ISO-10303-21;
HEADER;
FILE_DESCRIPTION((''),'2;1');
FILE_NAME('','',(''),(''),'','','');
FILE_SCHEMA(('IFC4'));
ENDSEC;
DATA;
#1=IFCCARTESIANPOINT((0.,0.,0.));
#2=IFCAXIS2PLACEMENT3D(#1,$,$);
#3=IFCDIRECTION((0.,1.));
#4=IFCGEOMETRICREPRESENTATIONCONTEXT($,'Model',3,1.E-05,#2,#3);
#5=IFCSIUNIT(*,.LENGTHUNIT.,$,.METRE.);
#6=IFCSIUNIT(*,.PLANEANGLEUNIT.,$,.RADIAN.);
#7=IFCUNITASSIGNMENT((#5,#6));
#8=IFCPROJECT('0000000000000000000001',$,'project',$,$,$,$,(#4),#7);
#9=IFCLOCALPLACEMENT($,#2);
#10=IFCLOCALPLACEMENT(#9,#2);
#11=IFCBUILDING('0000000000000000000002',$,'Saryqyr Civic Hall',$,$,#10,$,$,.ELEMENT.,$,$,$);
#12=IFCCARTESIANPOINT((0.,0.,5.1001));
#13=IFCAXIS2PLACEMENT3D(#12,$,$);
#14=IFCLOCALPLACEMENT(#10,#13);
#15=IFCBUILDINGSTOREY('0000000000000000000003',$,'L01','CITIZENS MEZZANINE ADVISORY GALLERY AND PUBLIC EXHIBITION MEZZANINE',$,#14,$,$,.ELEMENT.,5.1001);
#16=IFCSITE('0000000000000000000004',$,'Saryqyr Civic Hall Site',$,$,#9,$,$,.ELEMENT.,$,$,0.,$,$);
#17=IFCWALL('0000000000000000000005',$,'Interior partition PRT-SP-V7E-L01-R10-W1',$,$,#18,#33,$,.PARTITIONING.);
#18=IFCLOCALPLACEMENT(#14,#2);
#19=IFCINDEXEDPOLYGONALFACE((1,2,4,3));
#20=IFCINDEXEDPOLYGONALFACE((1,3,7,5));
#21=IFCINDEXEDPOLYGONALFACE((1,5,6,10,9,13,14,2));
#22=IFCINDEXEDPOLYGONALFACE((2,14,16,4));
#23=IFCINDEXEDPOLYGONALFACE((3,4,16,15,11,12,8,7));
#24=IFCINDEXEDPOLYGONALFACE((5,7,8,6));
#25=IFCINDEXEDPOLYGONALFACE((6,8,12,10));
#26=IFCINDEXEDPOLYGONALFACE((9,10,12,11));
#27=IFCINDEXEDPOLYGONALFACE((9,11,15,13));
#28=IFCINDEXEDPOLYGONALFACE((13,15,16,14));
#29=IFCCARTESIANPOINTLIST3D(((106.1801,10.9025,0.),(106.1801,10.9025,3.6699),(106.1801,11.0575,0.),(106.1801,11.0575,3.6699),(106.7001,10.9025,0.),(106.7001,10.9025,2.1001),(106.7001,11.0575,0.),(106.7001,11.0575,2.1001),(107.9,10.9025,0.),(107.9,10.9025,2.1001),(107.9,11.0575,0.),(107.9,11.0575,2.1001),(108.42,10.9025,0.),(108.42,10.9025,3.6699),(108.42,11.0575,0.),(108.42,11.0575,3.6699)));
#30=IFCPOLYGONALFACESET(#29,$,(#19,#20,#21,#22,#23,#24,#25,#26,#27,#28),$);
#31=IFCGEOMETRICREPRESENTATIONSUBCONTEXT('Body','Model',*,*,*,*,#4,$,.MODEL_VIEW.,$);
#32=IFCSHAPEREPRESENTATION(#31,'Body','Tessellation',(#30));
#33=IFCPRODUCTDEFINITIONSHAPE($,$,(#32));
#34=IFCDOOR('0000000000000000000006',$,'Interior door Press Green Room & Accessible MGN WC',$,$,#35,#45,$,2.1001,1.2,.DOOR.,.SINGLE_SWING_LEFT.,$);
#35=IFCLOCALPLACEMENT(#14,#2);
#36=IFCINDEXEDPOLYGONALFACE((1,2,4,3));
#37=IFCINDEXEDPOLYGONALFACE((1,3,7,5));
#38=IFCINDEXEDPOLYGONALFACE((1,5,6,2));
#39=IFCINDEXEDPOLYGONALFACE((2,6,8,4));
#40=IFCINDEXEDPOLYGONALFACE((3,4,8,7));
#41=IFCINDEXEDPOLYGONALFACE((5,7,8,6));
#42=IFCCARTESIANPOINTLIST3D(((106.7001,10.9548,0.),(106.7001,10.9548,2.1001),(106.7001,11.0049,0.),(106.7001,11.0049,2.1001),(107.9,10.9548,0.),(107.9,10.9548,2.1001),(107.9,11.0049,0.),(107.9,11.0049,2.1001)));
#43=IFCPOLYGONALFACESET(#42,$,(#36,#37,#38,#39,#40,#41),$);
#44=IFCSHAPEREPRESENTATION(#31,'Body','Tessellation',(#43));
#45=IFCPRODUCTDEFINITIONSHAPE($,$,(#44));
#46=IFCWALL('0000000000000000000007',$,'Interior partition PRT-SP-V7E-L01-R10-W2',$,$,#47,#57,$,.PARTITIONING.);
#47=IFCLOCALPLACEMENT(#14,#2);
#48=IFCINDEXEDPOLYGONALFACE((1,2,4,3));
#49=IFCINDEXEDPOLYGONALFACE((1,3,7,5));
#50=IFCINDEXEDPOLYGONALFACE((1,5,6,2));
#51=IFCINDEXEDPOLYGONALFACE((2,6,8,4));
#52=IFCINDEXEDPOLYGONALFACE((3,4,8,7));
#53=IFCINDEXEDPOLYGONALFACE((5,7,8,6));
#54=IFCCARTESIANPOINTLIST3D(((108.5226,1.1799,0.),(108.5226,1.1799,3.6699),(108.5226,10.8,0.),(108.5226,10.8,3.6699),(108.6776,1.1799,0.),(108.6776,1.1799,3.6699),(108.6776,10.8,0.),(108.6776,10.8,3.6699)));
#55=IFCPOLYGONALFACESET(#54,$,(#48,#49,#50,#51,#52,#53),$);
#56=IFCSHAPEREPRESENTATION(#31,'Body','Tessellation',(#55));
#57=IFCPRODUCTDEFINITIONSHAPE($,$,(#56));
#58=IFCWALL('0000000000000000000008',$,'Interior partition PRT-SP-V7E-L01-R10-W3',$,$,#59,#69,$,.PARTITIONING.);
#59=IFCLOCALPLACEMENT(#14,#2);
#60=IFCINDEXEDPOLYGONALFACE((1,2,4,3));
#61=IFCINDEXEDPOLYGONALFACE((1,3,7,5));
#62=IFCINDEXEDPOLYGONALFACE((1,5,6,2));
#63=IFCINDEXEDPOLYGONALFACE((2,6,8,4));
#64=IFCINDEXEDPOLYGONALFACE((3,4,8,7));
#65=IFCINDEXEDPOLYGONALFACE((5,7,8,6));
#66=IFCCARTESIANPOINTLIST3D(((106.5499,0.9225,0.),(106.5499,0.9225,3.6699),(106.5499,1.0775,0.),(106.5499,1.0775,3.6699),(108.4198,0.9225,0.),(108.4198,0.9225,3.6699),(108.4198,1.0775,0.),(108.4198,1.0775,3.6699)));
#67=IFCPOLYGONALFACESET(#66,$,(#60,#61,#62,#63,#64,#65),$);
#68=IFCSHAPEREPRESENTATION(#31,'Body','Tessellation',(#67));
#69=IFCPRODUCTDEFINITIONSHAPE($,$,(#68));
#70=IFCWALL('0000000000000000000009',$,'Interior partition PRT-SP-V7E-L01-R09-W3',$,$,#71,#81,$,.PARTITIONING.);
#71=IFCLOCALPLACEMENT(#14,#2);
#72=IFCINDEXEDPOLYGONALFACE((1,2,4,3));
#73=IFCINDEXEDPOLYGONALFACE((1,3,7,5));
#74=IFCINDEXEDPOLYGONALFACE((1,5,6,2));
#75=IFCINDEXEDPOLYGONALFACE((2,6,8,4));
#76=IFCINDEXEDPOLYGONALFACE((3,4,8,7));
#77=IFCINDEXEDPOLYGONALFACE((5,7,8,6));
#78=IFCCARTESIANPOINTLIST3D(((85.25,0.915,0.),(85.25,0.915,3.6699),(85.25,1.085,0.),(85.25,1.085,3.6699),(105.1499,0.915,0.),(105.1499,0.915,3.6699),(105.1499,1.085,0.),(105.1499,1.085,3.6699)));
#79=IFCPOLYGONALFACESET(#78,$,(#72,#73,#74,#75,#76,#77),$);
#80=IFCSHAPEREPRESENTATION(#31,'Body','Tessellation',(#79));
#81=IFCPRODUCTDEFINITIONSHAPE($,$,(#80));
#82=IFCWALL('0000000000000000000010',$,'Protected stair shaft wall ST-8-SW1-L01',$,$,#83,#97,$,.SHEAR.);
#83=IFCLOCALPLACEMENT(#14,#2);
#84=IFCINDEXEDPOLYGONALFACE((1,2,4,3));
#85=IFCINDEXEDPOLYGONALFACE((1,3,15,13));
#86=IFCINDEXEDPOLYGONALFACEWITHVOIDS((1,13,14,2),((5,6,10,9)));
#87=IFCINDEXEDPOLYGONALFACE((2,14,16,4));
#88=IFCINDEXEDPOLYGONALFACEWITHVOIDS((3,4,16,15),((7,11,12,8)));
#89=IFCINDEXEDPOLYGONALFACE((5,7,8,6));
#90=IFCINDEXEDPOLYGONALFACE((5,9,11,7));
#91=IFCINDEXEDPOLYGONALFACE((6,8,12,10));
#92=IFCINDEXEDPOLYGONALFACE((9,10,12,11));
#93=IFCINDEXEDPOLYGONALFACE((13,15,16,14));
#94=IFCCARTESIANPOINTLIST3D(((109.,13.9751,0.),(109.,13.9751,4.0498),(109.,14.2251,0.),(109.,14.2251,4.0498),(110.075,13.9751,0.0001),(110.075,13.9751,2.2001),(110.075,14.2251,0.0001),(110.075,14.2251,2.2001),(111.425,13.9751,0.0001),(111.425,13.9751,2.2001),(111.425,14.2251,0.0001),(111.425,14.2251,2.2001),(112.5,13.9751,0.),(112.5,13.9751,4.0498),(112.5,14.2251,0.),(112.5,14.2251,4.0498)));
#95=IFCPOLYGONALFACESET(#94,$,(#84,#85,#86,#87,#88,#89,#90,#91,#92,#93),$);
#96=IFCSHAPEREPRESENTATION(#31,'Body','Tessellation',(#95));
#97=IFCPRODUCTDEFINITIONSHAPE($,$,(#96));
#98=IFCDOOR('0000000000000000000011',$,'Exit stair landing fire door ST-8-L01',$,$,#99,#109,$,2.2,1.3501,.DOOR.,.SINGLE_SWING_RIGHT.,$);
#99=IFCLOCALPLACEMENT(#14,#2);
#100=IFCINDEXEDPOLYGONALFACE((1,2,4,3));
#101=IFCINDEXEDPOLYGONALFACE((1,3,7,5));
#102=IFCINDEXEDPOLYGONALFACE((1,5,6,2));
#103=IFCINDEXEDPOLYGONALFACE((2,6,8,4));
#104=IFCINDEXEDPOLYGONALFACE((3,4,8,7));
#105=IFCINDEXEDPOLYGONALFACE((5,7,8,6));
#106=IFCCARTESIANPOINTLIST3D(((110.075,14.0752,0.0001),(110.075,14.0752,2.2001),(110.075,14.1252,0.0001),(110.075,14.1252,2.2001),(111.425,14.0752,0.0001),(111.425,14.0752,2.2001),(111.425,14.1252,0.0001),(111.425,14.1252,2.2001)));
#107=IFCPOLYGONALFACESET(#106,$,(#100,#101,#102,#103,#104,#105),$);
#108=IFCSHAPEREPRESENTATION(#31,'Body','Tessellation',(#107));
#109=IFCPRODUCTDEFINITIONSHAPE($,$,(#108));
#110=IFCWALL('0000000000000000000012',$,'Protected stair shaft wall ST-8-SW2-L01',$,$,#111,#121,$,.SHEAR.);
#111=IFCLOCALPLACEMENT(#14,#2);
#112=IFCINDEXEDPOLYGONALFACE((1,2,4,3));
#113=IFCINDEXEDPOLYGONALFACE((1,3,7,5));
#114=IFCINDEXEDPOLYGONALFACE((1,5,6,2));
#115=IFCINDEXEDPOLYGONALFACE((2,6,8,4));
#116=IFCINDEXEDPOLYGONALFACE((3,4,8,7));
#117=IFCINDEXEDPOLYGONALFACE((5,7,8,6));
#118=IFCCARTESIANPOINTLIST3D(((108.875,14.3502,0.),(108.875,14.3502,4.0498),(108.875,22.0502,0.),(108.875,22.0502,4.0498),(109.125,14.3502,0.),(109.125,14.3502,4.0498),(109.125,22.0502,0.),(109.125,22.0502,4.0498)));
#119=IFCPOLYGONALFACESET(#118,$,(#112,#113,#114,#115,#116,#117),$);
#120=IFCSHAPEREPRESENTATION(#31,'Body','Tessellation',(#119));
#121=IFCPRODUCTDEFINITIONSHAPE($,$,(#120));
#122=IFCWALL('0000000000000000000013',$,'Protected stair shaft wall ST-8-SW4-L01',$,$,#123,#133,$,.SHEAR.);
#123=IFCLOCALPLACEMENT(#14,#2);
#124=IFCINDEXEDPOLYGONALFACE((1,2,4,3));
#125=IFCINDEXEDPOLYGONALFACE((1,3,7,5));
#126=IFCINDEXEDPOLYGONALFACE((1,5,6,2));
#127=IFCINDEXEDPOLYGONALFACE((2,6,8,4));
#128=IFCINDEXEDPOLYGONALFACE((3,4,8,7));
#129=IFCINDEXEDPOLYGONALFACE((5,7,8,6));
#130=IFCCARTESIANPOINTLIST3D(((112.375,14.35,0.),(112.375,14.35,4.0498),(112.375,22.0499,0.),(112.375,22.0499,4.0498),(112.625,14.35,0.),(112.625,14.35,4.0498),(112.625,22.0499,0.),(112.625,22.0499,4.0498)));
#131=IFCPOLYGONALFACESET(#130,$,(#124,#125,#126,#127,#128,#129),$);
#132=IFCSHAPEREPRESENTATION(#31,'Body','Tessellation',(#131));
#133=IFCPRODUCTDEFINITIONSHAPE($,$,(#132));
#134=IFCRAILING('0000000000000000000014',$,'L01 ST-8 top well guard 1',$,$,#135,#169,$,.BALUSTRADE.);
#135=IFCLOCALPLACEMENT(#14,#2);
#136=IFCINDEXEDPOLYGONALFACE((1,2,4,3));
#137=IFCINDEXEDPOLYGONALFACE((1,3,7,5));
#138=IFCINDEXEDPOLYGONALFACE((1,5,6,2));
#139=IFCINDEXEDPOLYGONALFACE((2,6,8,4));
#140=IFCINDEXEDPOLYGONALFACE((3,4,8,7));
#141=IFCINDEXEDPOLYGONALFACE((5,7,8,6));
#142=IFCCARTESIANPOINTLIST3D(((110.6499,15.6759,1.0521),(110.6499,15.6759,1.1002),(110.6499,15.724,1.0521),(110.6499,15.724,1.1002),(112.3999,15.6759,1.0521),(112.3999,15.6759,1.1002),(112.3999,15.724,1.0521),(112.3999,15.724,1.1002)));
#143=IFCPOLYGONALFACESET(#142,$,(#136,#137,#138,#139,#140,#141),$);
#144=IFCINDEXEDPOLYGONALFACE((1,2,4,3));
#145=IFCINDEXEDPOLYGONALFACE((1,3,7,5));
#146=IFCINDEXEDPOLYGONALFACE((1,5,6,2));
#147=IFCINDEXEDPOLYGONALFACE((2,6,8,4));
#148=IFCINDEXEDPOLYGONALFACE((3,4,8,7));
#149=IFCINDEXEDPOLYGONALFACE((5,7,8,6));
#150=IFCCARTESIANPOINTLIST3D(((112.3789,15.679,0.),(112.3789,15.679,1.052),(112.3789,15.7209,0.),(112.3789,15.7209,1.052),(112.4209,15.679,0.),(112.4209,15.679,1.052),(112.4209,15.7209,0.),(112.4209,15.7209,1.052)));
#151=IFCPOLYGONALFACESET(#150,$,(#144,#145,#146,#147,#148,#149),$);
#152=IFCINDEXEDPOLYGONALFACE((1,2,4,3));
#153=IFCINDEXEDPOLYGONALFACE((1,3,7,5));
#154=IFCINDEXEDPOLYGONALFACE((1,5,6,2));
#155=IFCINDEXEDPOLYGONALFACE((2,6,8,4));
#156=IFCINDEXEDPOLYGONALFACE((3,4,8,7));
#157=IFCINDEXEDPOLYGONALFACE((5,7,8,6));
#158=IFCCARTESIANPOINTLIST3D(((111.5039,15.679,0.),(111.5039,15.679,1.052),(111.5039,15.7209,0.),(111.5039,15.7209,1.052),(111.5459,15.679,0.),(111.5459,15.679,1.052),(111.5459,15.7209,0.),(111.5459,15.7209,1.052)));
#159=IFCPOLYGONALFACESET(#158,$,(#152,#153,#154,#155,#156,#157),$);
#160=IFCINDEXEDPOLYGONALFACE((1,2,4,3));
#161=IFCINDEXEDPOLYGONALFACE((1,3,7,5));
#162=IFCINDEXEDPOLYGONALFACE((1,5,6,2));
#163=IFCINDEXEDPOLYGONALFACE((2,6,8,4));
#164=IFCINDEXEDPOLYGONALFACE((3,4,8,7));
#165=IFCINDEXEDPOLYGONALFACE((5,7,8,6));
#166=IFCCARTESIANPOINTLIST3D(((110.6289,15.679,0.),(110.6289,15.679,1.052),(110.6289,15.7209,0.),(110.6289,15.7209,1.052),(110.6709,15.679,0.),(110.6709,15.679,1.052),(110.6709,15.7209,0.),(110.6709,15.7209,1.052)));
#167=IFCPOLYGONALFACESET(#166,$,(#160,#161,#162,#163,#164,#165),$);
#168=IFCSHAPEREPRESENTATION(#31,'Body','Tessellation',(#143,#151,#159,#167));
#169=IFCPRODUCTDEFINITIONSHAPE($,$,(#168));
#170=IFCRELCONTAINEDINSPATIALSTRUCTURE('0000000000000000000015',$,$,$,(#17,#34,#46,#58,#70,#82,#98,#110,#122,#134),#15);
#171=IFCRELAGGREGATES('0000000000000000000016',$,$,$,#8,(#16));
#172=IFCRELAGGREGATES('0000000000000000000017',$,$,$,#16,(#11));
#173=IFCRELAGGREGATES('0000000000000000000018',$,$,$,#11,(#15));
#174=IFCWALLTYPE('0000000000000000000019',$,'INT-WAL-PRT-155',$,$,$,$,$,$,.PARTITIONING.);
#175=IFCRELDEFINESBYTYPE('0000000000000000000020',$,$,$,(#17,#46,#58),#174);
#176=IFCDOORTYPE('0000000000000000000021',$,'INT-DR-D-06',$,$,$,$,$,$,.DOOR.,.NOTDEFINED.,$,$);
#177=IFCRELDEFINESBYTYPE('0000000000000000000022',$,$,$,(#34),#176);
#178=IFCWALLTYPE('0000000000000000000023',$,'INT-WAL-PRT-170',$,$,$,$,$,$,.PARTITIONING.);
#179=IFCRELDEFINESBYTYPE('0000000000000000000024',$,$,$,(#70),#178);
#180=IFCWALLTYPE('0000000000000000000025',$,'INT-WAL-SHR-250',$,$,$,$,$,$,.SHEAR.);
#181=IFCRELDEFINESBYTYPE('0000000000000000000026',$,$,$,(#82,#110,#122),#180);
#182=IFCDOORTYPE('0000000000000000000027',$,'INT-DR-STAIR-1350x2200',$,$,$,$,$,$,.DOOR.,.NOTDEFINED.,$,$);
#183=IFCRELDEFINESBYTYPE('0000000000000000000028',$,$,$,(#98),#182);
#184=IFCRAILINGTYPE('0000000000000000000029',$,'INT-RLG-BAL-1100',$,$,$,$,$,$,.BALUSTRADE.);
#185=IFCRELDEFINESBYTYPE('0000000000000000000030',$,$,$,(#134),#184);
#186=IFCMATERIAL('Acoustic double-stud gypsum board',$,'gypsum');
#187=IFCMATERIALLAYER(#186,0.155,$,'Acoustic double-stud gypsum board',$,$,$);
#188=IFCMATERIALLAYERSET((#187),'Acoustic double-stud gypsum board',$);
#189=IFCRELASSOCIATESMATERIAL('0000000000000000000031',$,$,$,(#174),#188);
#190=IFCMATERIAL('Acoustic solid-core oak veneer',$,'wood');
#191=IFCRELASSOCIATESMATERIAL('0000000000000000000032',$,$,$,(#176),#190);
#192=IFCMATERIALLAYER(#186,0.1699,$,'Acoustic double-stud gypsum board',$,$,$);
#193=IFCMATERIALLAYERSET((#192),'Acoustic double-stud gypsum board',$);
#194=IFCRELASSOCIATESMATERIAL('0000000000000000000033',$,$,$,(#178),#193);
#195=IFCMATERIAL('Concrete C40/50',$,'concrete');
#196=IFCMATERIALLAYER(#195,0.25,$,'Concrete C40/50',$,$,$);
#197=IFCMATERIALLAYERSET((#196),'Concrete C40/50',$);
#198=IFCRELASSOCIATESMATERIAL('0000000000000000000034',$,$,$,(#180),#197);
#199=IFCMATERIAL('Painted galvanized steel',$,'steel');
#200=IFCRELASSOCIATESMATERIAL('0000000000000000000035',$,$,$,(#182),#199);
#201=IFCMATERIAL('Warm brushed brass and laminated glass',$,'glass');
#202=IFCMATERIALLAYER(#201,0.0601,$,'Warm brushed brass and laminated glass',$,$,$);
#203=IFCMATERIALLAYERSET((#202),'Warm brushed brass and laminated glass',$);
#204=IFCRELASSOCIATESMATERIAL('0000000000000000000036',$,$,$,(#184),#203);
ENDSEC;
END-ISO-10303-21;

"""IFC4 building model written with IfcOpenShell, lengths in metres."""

from ifc_helpers import new_model, si_unit, direction, frame, frame_2d, origin, origin_2d, place, context, subcontext, project, spatial, rectangle, extrude, material, layer, layer_set, type_object, element, fill, save


model = new_model("IFC4")

# Units and contexts
model_context = context("Model", 3, precision=1e-05, world=origin(), true_north=direction((0.0, 1.0)))
body_context = subcontext(model_context, "Body", "Model", "MODEL_VIEW")
ifc_project = project(units=[si_unit("LENGTHUNIT", "METRE"), si_unit("PLANEANGLEUNIT", "RADIAN")], contexts=[model_context])

# Site, building, storey
site_placement = place(None, origin())
site = spatial("IfcSite", under=ifc_project, at=site_placement, Name="Saryqyr Civic Hall Site", CompositionType="ELEMENT", RefElevation=0.0)
building_placement = place(site_placement, origin())
building = spatial("IfcBuilding", under=site, at=building_placement, Name="Saryqyr Civic Hall", CompositionType="ELEMENT")
storey_placement = place(building_placement, frame((0.0, 0.0, 5.1001)))
storey = spatial("IfcBuildingStorey", under=building, at=storey_placement, Name="L01", Description="CITIZENS MEZZANINE ADVISORY GALLERY AND PUBLIC EXHIBITION MEZZANINE", CompositionType="ELEMENT", Elevation=5.1001)

# Shared definitions
ifc_material_1 = material(Name="Concrete C40/50", Category="concrete")

# Wall, opening, door
ifc_material_2 = material(Name="Acoustic double-stud gypsum board", Category="gypsum")
ifc_layer_1 = layer(ifc_material_2, 0.155, Name="Acoustic double-stud gypsum board")
ifc_layer_set_1 = layer_set([ifc_layer_1], Name="Acoustic double-stud gypsum board")
wall_type_1 = type_object("IfcWallType", Name="INT-WAL-PRT-155", PredefinedType="PARTITIONING", material=ifc_layer_set_1)
wall_1_placement = place(storey_placement, frame((106.1799, 10.98, 0.0), z_axis=(0.0, 0.0, 1.0), x_axis=(1.0, 0.0, 0.0)))
wall_1 = element("IfcWall", 1, at=wall_1_placement, inside=storey, type_object=wall_type_1, Name="Interior partition PRT-SP-V7E-L01-R10-W1", PredefinedType="PARTITIONING", context=body_context, shape_type="SweptSolid", body=[
    extrude(rectangle(XDim=2.24, YDim=0.155, at=frame_2d((1.1201, 0.0))), origin(), (0.0, 0.0, 1.0), 3.6699),
])
opening_1_placement = place(wall_1_placement, frame((0.52, 0.0, 0.0)))
opening_1 = element("IfcOpeningElement", 2, at=opening_1_placement, cuts=wall_1, PredefinedType="OPENING", context=body_context, shape_type="SweptSolid", body=[
    extrude(rectangle(XDim=1.2, YDim=2.1001, at=frame_2d((0.6001, 1.05))), frame((0.0, 0.0874, 0.0), z_axis=(0.0, -1.0, 0.0), x_axis=(1.0, 0.0, 0.0)), (0.0, 0.0, 1.0), 0.175),
])
ifc_material_3 = material(Name="Acoustic solid-core oak veneer", Category="wood")
door_type_1 = type_object("IfcDoorType", Name="INT-DR-D-06", OperationType="NOTDEFINED", PredefinedType="DOOR", material=ifc_material_3)
door_1_placement = place(opening_1_placement, origin())
door_1 = element("IfcDoor", 3, at=door_1_placement, inside=storey, type_object=door_type_1, Name="Interior door Press Green Room & Accessible MGN WC", OperationType="SINGLE_SWING_LEFT", OverallHeight=2.1001, OverallWidth=1.2, PredefinedType="DOOR", context=body_context, shape_type="SweptSolid", body=[
    extrude(rectangle(XDim=1.2, YDim=2.1001, at=frame_2d((0.6001, 1.05))), frame((0.0, 0.0249, 0.0), z_axis=(0.0, -1.0, 0.0), x_axis=(1.0, 0.0, 0.0)), (0.0, 0.0, 1.0), 0.05),
])
fill(opening_1, door_1)

# Walls
wall_2_placement = place(storey_placement, frame((108.6001, 10.8, 0.0), z_axis=(0.0, 0.0, 1.0), x_axis=(0.0, -1.0, 0.0)))
element("IfcWall", 4, at=wall_2_placement, inside=storey, type_object=wall_type_1, Name="Interior partition PRT-SP-V7E-L01-R10-W2", PredefinedType="PARTITIONING", context=body_context, shape_type="SweptSolid", body=[
    extrude(rectangle(XDim=9.6201, YDim=0.155, at=frame_2d((4.8101, 0.0))), origin(), (0.0, 0.0, 1.0), 3.6699),
])
wall_3_placement = place(storey_placement, frame((108.4199, 1.0, 0.0), z_axis=(0.0, 0.0, 1.0), x_axis=(-1.0, 0.0, 0.0)))
element("IfcWall", 5, at=wall_3_placement, inside=storey, type_object=wall_type_1, Name="Interior partition PRT-SP-V7E-L01-R10-W3", PredefinedType="PARTITIONING", context=body_context, shape_type="SweptSolid", body=[
    extrude(rectangle(XDim=1.8699, YDim=0.155, at=frame_2d((0.9351, 0.0))), origin(), (0.0, 0.0, 1.0), 3.6699),
])
ifc_layer_2 = layer(ifc_material_2, 0.1699, Name="Acoustic double-stud gypsum board")
ifc_layer_set_2 = layer_set([ifc_layer_2], Name="Acoustic double-stud gypsum board")
wall_type_2 = type_object("IfcWallType", Name="INT-WAL-PRT-170", PredefinedType="PARTITIONING", material=ifc_layer_set_2)
wall_4_placement = place(storey_placement, frame((105.1499, 1.0, 0.0), z_axis=(0.0, 0.0, 1.0), x_axis=(-1.0, 0.0, 0.0)))
element("IfcWall", 6, at=wall_4_placement, inside=storey, type_object=wall_type_2, Name="Interior partition PRT-SP-V7E-L01-R09-W3", PredefinedType="PARTITIONING", context=body_context, shape_type="SweptSolid", body=[
    extrude(rectangle(XDim=19.8999, YDim=0.1699, at=frame_2d((9.95, 0.0))), origin(), (0.0, 0.0, 1.0), 3.6699),
])

# Wall, opening, door
ifc_layer_3 = layer(ifc_material_1, 0.25, Name="Concrete C40/50")
ifc_layer_set_3 = layer_set([ifc_layer_3], Name="Concrete C40/50")
wall_type_3 = type_object("IfcWallType", Name="INT-WAL-SHR-250", PredefinedType="SHEAR", material=ifc_layer_set_3)
wall_5_placement = place(storey_placement, frame((112.5, 14.1001, 0.0), z_axis=(0.0, 0.0, 1.0), x_axis=(-1.0, 0.0, 0.0)))
wall_5 = element("IfcWall", 7, at=wall_5_placement, inside=storey, type_object=wall_type_3, Name="Protected stair shaft wall ST-8-SW1-L01", PredefinedType="SHEAR", context=body_context, shape_type="SweptSolid", body=[
    extrude(rectangle(XDim=3.5, YDim=0.25, at=frame_2d((1.75, 0.0))), origin(), (0.0, 0.0, 1.0), 4.0498),
])
opening_2_placement = place(wall_5_placement, frame((1.075, 0.0, 0.0)))
opening_2 = element("IfcOpeningElement", 8, at=opening_2_placement, cuts=wall_5, PredefinedType="OPENING", context=body_context, shape_type="SweptSolid", body=[
    extrude(rectangle(XDim=1.3501, YDim=2.2, at=frame_2d((0.675, 1.1001))), frame((0.0, 0.135, 0.0), z_axis=(0.0, -1.0, 0.0), x_axis=(1.0, 0.0, 0.0)), (0.0, 0.0, 1.0), 0.27),
])
ifc_material_4 = material(Name="Painted galvanized steel", Category="steel")
door_type_2 = type_object("IfcDoorType", Name="INT-DR-STAIR-1350x2200", OperationType="NOTDEFINED", PredefinedType="DOOR", material=ifc_material_4)
door_2_placement = place(opening_2_placement, origin())
door_2 = element("IfcDoor", 9, at=door_2_placement, inside=storey, type_object=door_type_2, Name="Exit stair landing fire door ST-8-L01", OperationType="SINGLE_SWING_RIGHT", OverallHeight=2.2, OverallWidth=1.3501, PredefinedType="DOOR", context=body_context, shape_type="SweptSolid", body=[
    extrude(rectangle(XDim=1.3501, YDim=2.2, at=frame_2d((0.675, 1.1001))), frame((0.0, 0.0249, 0.0), z_axis=(0.0, -1.0, 0.0), x_axis=(1.0, 0.0, 0.0)), (0.0, 0.0, 1.0), 0.05),
])
fill(opening_2, door_2)

# Walls
for number, where, z_axis, x_axis, name in (
    (10, (109.0, 14.3501, 0.0), (0.0, 0.0, 1.0), (0.0, 1.0, 0.0), "Protected stair shaft wall ST-8-SW2-L01"),
    (11, (112.5, 22.05, 0.0), (0.0, 0.0, 1.0), (0.0, -1.0, 0.0), "Protected stair shaft wall ST-8-SW4-L01"),
):
    element("IfcWall", number, at=place(storey_placement, frame(where, z_axis=z_axis, x_axis=x_axis)), inside=storey, type_object=wall_type_3, Name=name, PredefinedType="SHEAR", context=body_context, shape_type="SweptSolid", body=[
        extrude(rectangle(XDim=7.7, YDim=0.25, at=frame_2d((3.8501, 0.0))), origin(), (0.0, 0.0, 1.0), 4.0498),
    ])

# Railing
ifc_material_5 = material(Name="Warm brushed brass and laminated glass", Category="glass")
ifc_layer_4 = layer(ifc_material_5, 0.0601, Name="Warm brushed brass and laminated glass")
ifc_layer_set_4 = layer_set([ifc_layer_4], Name="Warm brushed brass and laminated glass")
railing_type = type_object("IfcRailingType", Name="INT-RLG-BAL-1100", PredefinedType="BALUSTRADE", material=ifc_layer_set_4)
railing_1_placement = place(storey_placement, frame((112.3999, 15.7, 0.0)))
element("IfcRailing", 12, at=railing_1_placement, inside=storey, type_object=railing_type, Name="L01 ST-8 top well guard 1", PredefinedType="BALUSTRADE", context=body_context, shape_type="SweptSolid", body=[
    extrude(rectangle(XDim=0.0481, YDim=0.0481, at=origin_2d()), frame((0.0, 0.0, 1.0762), z_axis=(-1.0, 0.0, 0.0), x_axis=(0.0, -1.0, 0.0)), (0.0, 0.0, 1.0), 1.75),
    extrude(rectangle(XDim=0.042, YDim=0.042, at=origin_2d()), origin(), (0.0, 0.0, 1.0), 1.052),
    extrude(rectangle(XDim=0.042, YDim=0.042, at=origin_2d()), frame((-0.875, 0.0, 0.0)), (0.0, 0.0, 1.0), 1.052),
    extrude(rectangle(XDim=0.042, YDim=0.042, at=origin_2d()), frame((-1.75, 0.0, 0.0)), (0.0, 0.0, 1.0), 1.052),
])

save(model, "model.ifc")
